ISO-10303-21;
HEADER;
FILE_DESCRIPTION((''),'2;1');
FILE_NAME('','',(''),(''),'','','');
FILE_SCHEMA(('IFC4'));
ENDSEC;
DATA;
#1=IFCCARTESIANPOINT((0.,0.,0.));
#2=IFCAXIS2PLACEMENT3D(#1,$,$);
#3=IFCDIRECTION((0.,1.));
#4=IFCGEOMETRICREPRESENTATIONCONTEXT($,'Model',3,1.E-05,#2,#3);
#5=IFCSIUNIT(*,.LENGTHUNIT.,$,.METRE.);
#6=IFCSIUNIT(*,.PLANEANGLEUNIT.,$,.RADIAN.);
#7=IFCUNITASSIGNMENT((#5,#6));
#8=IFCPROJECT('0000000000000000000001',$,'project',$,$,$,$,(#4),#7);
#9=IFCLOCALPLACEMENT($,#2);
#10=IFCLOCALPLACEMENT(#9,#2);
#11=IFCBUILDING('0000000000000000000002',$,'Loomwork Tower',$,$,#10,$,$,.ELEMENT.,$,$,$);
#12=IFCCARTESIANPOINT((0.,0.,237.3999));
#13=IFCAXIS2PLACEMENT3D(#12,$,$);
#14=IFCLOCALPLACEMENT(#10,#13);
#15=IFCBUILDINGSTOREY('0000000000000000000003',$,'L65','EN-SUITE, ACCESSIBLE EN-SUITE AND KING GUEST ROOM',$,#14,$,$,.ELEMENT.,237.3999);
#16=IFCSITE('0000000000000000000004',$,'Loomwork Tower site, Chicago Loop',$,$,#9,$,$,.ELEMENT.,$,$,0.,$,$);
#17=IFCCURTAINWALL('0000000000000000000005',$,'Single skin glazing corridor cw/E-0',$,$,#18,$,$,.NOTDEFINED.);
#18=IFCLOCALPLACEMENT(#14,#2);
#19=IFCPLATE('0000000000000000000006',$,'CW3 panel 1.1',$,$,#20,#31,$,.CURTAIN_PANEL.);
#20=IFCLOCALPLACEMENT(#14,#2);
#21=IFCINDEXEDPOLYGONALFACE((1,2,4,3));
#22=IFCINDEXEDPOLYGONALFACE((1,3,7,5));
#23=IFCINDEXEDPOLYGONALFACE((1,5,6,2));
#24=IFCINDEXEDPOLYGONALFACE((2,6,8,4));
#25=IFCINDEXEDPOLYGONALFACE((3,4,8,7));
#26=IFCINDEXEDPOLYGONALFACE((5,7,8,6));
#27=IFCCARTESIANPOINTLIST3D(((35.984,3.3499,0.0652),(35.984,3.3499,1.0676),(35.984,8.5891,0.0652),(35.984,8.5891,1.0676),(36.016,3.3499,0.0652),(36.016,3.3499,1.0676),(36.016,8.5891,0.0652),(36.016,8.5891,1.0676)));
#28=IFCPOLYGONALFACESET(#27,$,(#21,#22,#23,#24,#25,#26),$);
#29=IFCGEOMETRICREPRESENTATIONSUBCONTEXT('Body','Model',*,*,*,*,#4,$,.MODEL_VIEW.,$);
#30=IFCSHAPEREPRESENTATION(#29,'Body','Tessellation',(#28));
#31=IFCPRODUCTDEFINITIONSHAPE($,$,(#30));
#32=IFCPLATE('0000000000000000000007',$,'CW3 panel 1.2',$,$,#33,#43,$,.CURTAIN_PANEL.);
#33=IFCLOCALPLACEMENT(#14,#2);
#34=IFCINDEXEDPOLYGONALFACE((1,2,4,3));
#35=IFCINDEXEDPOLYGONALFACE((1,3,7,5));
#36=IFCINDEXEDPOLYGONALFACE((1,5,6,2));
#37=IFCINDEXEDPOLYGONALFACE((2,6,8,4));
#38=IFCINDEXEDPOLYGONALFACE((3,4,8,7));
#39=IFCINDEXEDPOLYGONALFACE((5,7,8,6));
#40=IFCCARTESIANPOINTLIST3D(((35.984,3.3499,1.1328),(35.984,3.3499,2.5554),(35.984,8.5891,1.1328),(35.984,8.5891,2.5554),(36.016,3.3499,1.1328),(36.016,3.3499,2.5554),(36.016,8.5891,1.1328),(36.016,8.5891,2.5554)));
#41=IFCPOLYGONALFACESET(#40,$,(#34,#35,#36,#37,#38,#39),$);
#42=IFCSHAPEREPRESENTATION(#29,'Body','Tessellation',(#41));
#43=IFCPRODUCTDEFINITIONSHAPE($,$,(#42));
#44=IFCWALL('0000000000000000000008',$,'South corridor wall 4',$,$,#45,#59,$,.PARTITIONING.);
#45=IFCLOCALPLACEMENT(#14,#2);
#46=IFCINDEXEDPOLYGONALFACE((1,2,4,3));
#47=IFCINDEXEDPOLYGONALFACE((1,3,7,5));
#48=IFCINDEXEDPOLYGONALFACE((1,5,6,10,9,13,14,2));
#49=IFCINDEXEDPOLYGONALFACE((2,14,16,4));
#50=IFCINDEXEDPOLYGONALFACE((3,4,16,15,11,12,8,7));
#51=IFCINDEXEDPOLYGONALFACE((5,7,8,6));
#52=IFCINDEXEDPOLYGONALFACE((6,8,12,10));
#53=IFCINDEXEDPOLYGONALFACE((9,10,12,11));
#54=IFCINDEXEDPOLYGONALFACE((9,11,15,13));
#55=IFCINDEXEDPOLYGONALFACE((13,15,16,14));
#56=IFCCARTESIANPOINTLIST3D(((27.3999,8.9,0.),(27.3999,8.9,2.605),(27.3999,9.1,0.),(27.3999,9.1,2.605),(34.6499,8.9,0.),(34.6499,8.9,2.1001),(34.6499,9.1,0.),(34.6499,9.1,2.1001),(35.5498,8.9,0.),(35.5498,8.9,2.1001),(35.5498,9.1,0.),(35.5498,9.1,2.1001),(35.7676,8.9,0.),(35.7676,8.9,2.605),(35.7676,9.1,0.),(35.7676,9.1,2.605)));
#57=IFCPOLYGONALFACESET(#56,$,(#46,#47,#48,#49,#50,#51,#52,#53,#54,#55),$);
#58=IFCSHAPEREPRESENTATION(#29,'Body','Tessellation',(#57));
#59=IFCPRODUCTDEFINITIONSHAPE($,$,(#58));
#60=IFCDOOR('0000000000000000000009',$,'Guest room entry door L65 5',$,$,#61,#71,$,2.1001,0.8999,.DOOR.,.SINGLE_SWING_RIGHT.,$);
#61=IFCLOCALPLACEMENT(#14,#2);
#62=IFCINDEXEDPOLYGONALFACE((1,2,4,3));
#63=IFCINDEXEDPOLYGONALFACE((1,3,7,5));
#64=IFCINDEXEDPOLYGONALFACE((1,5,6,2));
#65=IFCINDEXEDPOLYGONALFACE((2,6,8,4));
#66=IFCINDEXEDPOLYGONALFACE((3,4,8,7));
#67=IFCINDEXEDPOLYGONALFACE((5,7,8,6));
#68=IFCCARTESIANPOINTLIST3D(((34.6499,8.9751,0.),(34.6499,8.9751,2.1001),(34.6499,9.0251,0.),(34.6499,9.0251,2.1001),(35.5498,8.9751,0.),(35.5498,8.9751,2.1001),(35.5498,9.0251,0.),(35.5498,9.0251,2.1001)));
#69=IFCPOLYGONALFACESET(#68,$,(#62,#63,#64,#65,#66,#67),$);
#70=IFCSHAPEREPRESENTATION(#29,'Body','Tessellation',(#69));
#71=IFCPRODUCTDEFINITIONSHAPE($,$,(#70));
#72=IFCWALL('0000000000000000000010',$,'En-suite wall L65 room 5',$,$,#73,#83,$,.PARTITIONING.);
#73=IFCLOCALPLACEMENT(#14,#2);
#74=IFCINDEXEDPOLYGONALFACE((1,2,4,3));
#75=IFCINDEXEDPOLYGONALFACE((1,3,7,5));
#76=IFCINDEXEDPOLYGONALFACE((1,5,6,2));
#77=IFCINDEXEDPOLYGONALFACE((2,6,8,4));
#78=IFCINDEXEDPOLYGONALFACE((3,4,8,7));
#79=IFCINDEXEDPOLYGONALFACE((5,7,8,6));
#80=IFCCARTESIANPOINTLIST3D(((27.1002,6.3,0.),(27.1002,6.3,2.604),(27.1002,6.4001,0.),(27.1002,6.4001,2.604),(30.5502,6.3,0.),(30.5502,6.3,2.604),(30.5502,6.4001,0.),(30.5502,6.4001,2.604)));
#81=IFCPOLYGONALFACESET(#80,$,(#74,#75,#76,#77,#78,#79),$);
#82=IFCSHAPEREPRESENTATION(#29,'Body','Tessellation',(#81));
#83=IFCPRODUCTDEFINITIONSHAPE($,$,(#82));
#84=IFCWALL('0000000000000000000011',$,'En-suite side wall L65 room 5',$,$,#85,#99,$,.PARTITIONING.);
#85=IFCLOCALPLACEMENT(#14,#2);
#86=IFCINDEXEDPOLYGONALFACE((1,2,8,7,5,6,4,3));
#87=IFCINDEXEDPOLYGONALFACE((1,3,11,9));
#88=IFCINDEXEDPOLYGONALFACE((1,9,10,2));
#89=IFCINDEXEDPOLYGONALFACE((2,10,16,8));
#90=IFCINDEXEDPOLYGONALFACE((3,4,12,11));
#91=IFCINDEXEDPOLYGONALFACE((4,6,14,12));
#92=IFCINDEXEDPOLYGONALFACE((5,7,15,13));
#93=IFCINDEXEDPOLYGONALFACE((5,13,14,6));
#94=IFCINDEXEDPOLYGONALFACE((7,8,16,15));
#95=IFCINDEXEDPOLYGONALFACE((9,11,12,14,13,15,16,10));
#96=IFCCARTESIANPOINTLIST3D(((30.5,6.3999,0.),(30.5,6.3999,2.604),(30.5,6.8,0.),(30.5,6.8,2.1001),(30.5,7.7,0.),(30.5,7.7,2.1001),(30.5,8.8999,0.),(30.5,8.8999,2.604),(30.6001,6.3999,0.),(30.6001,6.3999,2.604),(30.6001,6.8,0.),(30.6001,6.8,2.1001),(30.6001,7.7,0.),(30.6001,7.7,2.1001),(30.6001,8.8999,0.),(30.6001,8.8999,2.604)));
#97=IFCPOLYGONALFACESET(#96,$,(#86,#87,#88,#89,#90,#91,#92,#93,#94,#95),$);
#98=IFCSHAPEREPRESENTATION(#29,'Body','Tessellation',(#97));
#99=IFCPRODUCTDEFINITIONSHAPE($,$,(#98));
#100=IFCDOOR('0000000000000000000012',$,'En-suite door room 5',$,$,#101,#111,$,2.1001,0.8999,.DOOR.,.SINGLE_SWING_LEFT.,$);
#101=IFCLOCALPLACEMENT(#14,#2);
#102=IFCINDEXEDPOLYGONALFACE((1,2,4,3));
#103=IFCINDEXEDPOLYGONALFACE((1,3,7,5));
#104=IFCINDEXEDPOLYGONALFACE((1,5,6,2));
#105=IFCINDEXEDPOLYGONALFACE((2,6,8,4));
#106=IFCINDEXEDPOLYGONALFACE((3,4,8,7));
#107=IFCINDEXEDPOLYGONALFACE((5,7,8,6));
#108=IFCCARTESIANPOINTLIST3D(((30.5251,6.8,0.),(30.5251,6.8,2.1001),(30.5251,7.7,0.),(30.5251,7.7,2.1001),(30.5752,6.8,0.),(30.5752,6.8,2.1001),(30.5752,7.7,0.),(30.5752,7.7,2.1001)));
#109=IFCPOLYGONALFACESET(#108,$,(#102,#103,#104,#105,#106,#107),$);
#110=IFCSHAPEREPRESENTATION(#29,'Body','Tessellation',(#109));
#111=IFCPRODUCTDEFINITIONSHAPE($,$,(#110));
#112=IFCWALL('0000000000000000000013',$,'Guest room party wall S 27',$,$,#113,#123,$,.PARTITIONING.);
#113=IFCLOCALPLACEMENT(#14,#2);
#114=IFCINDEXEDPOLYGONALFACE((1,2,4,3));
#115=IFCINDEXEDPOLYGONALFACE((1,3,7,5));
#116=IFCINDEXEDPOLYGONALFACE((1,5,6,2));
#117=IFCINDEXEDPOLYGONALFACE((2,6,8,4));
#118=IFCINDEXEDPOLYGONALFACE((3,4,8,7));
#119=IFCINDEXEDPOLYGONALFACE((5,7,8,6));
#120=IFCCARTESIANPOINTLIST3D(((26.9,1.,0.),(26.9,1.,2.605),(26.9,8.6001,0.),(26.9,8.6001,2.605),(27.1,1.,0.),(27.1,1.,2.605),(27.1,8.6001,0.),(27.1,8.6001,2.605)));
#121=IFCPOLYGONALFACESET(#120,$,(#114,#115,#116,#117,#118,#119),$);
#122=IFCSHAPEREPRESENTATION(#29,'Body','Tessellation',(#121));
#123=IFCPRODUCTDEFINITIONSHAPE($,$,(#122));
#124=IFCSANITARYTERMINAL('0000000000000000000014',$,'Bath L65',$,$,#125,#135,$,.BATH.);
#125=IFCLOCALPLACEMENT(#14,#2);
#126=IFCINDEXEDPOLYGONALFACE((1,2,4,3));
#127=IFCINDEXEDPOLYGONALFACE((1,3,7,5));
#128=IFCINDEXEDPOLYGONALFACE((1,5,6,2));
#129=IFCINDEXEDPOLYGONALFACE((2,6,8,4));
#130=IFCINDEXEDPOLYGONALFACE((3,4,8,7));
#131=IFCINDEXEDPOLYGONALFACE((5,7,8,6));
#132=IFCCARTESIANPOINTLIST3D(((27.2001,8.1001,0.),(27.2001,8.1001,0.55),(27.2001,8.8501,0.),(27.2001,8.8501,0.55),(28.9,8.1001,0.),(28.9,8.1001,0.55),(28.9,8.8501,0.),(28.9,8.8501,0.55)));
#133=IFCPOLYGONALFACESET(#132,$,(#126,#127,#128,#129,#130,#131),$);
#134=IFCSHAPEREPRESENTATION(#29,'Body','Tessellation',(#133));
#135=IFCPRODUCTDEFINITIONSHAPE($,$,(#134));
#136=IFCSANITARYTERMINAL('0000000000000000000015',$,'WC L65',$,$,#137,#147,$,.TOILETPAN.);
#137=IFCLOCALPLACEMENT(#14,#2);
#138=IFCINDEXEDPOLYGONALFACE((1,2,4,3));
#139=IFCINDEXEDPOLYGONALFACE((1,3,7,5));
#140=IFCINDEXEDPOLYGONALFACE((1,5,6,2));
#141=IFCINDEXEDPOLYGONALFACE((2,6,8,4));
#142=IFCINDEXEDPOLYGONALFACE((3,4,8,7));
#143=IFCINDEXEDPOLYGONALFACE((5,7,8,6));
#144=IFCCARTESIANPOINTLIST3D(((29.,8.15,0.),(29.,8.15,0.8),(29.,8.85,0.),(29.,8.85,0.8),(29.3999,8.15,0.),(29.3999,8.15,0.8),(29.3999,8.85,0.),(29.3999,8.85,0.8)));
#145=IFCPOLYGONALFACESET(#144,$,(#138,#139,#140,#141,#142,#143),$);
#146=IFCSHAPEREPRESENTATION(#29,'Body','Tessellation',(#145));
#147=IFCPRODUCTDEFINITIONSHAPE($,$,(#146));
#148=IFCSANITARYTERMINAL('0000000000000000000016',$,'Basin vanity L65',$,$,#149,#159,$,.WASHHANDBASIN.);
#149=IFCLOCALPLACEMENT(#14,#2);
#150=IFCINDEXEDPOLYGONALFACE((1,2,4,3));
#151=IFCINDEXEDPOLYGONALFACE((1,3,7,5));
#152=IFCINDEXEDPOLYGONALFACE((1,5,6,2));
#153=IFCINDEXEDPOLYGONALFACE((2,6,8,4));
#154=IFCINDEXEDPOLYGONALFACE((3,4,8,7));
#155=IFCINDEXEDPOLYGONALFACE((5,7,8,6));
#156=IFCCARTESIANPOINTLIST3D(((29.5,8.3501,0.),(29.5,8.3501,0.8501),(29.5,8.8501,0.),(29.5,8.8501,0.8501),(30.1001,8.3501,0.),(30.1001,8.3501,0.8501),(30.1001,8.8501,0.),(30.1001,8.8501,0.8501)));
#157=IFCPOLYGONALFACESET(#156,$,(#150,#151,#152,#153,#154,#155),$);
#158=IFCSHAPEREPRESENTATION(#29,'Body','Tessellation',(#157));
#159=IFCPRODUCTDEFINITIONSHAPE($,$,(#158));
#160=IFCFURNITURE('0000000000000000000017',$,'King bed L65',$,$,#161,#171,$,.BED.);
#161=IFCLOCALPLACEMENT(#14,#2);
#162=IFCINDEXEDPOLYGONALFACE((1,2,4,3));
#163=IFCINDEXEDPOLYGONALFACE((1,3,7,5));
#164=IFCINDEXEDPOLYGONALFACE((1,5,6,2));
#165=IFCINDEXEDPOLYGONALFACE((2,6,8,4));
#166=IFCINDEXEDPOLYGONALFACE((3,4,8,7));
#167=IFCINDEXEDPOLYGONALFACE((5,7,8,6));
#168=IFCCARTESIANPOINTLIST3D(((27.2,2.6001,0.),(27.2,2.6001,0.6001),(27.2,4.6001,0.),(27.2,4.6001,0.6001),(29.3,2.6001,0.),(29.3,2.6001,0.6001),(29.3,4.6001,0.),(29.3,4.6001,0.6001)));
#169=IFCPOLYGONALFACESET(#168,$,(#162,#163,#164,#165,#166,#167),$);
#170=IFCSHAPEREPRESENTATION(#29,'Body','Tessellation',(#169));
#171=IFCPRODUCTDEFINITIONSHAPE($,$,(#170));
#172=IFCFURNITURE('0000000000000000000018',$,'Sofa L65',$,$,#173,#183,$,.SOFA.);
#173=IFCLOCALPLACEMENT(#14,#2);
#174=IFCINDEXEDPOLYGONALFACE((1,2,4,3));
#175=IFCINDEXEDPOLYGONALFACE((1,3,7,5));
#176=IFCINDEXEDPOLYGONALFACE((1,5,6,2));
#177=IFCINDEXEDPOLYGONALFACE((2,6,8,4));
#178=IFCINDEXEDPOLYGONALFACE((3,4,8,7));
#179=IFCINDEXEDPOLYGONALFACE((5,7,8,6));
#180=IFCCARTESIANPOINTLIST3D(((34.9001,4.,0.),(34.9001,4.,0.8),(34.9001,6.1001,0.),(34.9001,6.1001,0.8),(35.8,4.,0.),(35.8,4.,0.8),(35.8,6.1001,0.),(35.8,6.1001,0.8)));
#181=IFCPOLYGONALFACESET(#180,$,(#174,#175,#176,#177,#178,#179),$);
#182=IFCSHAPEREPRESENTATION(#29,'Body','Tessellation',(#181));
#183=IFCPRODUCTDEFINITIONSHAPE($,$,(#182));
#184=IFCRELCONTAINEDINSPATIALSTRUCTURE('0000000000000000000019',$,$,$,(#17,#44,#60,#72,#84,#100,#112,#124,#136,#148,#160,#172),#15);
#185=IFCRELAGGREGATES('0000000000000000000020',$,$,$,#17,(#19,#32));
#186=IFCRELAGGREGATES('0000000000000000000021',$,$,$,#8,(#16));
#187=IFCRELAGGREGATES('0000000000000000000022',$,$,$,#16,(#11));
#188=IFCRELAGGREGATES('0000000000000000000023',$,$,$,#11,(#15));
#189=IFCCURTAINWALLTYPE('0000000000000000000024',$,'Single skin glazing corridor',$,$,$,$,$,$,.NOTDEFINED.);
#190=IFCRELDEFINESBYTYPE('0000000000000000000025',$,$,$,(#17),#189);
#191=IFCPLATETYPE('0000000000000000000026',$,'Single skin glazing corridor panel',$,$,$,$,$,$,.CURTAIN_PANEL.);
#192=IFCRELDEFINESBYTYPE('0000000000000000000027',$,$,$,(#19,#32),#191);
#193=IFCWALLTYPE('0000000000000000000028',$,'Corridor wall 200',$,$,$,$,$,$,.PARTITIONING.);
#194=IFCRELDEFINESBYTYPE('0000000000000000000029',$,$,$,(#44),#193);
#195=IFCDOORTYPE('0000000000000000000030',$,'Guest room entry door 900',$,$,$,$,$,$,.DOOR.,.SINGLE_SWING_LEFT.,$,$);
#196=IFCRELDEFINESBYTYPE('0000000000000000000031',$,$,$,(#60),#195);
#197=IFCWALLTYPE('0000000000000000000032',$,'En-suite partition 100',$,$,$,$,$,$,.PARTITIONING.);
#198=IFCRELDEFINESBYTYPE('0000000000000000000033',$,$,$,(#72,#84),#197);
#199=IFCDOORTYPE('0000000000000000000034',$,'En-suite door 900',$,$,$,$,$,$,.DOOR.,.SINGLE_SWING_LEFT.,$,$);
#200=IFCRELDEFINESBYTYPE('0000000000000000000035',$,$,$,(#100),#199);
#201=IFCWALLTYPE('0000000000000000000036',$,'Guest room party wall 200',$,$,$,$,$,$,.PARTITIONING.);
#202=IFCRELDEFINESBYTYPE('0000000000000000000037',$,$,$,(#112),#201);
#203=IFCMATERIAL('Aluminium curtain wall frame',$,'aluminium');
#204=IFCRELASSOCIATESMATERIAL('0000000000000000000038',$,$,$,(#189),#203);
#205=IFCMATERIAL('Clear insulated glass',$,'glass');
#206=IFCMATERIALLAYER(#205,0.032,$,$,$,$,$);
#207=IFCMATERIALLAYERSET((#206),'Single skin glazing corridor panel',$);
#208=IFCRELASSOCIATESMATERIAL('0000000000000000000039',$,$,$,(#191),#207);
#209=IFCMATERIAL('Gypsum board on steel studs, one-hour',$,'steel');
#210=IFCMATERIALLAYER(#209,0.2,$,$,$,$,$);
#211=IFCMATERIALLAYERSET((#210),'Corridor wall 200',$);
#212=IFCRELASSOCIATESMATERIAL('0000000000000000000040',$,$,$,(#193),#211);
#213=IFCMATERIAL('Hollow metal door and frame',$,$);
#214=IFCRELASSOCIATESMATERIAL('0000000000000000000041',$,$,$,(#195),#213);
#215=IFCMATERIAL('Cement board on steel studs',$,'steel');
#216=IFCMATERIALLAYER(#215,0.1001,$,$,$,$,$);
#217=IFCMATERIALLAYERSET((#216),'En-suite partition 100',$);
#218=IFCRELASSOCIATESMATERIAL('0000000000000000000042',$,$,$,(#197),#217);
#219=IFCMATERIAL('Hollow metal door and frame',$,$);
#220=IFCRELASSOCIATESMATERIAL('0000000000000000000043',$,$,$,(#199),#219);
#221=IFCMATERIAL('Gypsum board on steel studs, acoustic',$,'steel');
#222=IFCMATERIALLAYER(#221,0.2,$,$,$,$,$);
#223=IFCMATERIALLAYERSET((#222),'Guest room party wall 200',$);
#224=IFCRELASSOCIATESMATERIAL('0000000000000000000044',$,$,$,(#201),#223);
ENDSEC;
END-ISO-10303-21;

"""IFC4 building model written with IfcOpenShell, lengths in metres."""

from ifc_helpers import new_model, si_unit, direction, frame, frame_2d, origin, origin_2d, place, context, subcontext, project, spatial, rectangle, extrude, material, layer, layer_set, type_object, element, fill, aggregate, save


model = new_model("IFC4")

# Units and contexts
model_context = context("Model", 3, precision=1e-05, world=origin(), true_north=direction((0.0, 1.0)))
body_context = subcontext(model_context, "Body", "Model", "MODEL_VIEW")
ifc_project = project(units=[si_unit("LENGTHUNIT", "METRE"), si_unit("PLANEANGLEUNIT", "RADIAN")], contexts=[model_context])

# Site, building, storey
site_placement = place(None, origin())
site = spatial("IfcSite", under=ifc_project, at=site_placement, Name="Loomwork Tower site, Chicago Loop", CompositionType="ELEMENT", RefElevation=0.0)
building_placement = place(site_placement, origin())
building = spatial("IfcBuilding", under=site, at=building_placement, Name="Loomwork Tower", CompositionType="ELEMENT")
storey_placement = place(building_placement, frame((0.0, 0.0, 237.3999)))
storey = spatial("IfcBuildingStorey", under=building, at=storey_placement, Name="L65", Description="EN-SUITE, ACCESSIBLE EN-SUITE AND KING GUEST ROOM", CompositionType="ELEMENT", Elevation=237.3999)

# Curtain wall, plates
ifc_material_1 = material(Name="Aluminium curtain wall frame", Category="aluminium")
curtain_wall_type = type_object("IfcCurtainWallType", Name="Single skin glazing corridor", PredefinedType="NOTDEFINED", material=ifc_material_1)
curtain_wall_placement = place(storey_placement, origin())
curtain_wall = element("IfcCurtainWall", 1, at=curtain_wall_placement, inside=storey, type_object=curtain_wall_type, Name="Single skin glazing corridor cw/E-0", PredefinedType="NOTDEFINED")
ifc_material_2 = material(Name="Clear insulated glass", Category="glass")
ifc_layer_1 = layer(ifc_material_2, 0.032)
ifc_layer_set_1 = layer_set([ifc_layer_1], Name="Single skin glazing corridor panel")
plate_type = type_object("IfcPlateType", Name="Single skin glazing corridor panel", PredefinedType="CURTAIN_PANEL", material=ifc_layer_set_1)
plate_1_placement = place(storey_placement, frame((36.0, 5.9695, 0.0652), z_axis=(0.0, 0.0, 1.0), x_axis=(0.0, 1.0, 0.0)))
plate_1 = element("IfcPlate", 2, at=plate_1_placement, type_object=plate_type, Name="CW3 panel 1.1", PredefinedType="CURTAIN_PANEL", context=body_context, shape_type="SweptSolid", body=[
    extrude(rectangle(XDim=5.2393, YDim=0.032, at=origin_2d()), origin(), (0.0, 0.0, 1.0), 1.0024),
])
plate_2_placement = place(storey_placement, frame((36.0, 5.9695, 1.1328), z_axis=(0.0, 0.0, 1.0), x_axis=(0.0, 1.0, 0.0)))
plate_2 = element("IfcPlate", 3, at=plate_2_placement, type_object=plate_type, Name="CW3 panel 1.2", PredefinedType="CURTAIN_PANEL", context=body_context, shape_type="SweptSolid", body=[
    extrude(rectangle(XDim=5.2393, YDim=0.032, at=origin_2d()), origin(), (0.0, 0.0, 1.0), 1.4226),
])
aggregate(curtain_wall, [plate_1, plate_2])

# Wall, opening, door
ifc_material_3 = material(Name="Gypsum board on steel studs, one-hour", Category="steel")
ifc_layer_2 = layer(ifc_material_3, 0.2)
ifc_layer_set_2 = layer_set([ifc_layer_2], Name="Corridor wall 200")
wall_type_1 = type_object("IfcWallType", Name="Corridor wall 200", PredefinedType="PARTITIONING", material=ifc_layer_set_2)
wall_1_placement = place(storey_placement, frame((27.3999, 9.0, 0.0), z_axis=(0.0, 0.0, 1.0), x_axis=(1.0, 0.0, 0.0)))
wall_1 = element("IfcWall", 4, at=wall_1_placement, inside=storey, type_object=wall_type_1, Name="South corridor wall 4", PredefinedType="PARTITIONING", context=body_context, shape_type="SweptSolid", body=[
    extrude(rectangle(XDim=8.3677, YDim=0.2, at=frame_2d((4.1838, 0.0))), origin(), (0.0, 0.0, 1.0), 2.605),
])
opening_1_placement = place(wall_1_placement, frame((7.25, 0.0, 0.0)))
opening_1 = element("IfcOpeningElement", 5, at=opening_1_placement, cuts=wall_1, PredefinedType="OPENING", context=body_context, shape_type="SweptSolid", body=[
    extrude(rectangle(XDim=0.8999, YDim=2.1001, at=frame_2d((0.45, 1.05))), frame((0.0, 0.1099, 0.0), z_axis=(0.0, -1.0, 0.0), x_axis=(1.0, 0.0, 0.0)), (0.0, 0.0, 1.0), 0.22),
])
ifc_material_4 = material(Name="Hollow metal door and frame")
door_type_1 = type_object("IfcDoorType", Name="Guest room entry door 900", OperationType="SINGLE_SWING_LEFT", PredefinedType="DOOR", material=ifc_material_4)
door_1_placement = place(opening_1_placement, frame((0.8999, 0.0, 0.0), z_axis=(0.0, 0.0, 1.0), x_axis=(-1.0, 0.0, 0.0)))
door_1 = element("IfcDoor", 6, at=door_1_placement, inside=storey, type_object=door_type_1, Name="Guest room entry door L65 5", OperationType="SINGLE_SWING_RIGHT", OverallHeight=2.1001, OverallWidth=0.8999, PredefinedType="DOOR", context=body_context, shape_type="SweptSolid", body=[
    extrude(rectangle(XDim=0.8999, YDim=2.1001, at=frame_2d((0.45, 1.05))), frame((0.0, 0.0249, 0.0), z_axis=(0.0, -1.0, 0.0), x_axis=(1.0, 0.0, 0.0)), (0.0, 0.0, 1.0), 0.05),
])
fill(opening_1, door_1)

# Wall
ifc_material_5 = material(Name="Cement board on steel studs", Category="steel")
ifc_layer_3 = layer(ifc_material_5, 0.1001)
ifc_layer_set_3 = layer_set([ifc_layer_3], Name="En-suite partition 100")
wall_type_2 = type_object("IfcWallType", Name="En-suite partition 100", PredefinedType="PARTITIONING", material=ifc_layer_set_3)
wall_2_placement = place(storey_placement, frame((27.1001, 6.3501, 0.0), z_axis=(0.0, 0.0, 1.0), x_axis=(1.0, 0.0, 0.0)))
element("IfcWall", 7, at=wall_2_placement, inside=storey, type_object=wall_type_2, Name="En-suite wall L65 room 5", PredefinedType="PARTITIONING", context=body_context, shape_type="SweptSolid", body=[
    extrude(rectangle(XDim=3.45, YDim=0.1001, at=frame_2d((1.7251, 0.0))), origin(), (0.0, 0.0, 1.0), 2.604),
])

# Wall, opening, door
wall_3_placement = place(storey_placement, frame((30.55, 8.8999, 0.0), z_axis=(0.0, 0.0, 1.0), x_axis=(0.0, -1.0, 0.0)))
wall_3 = element("IfcWall", 8, at=wall_3_placement, inside=storey, type_object=wall_type_2, Name="En-suite side wall L65 room 5", PredefinedType="PARTITIONING", context=body_context, shape_type="SweptSolid", body=[
    extrude(rectangle(XDim=2.5, YDim=0.1001, at=frame_2d((1.25, 0.0))), origin(), (0.0, 0.0, 1.0), 2.604),
])
opening_2_placement = place(wall_3_placement, frame((1.2, 0.0, 0.0)))
opening_2 = element("IfcOpeningElement", 9, at=opening_2_placement, cuts=wall_3, PredefinedType="OPENING", context=body_context, shape_type="SweptSolid", body=[
    extrude(rectangle(XDim=0.8999, YDim=2.1001, at=frame_2d((0.45, 1.05))), frame((0.0, 0.0601, 0.0), z_axis=(0.0, -1.0, 0.0), x_axis=(1.0, 0.0, 0.0)), (0.0, 0.0, 1.0), 0.1201),
])
ifc_material_6 = material(Name="Hollow metal door and frame")
door_type_2 = type_object("IfcDoorType", Name="En-suite door 900", OperationType="SINGLE_SWING_LEFT", PredefinedType="DOOR", material=ifc_material_6)
door_2_placement = place(opening_2_placement, frame((0.8999, 0.0, 0.0), z_axis=(0.0, 0.0, 1.0), x_axis=(-1.0, 0.0, 0.0)))
door_2 = element("IfcDoor", 10, at=door_2_placement, inside=storey, type_object=door_type_2, Name="En-suite door room 5", OperationType="SINGLE_SWING_LEFT", OverallHeight=2.1001, OverallWidth=0.8999, PredefinedType="DOOR", context=body_context, shape_type="SweptSolid", body=[
    extrude(rectangle(XDim=0.8999, YDim=2.1001, at=frame_2d((0.45, 1.05))), frame((0.0, 0.0249, 0.0), z_axis=(0.0, -1.0, 0.0), x_axis=(1.0, 0.0, 0.0)), (0.0, 0.0, 1.0), 0.05),
])
fill(opening_2, door_2)

# Wall
ifc_material_7 = material(Name="Gypsum board on steel studs, acoustic", Category="steel")
ifc_layer_4 = layer(ifc_material_7, 0.2)
ifc_layer_set_4 = layer_set([ifc_layer_4], Name="Guest room party wall 200")
wall_type_3 = type_object("IfcWallType", Name="Guest room party wall 200", PredefinedType="PARTITIONING", material=ifc_layer_set_4)
wall_4_placement = place(storey_placement, frame((27.0, 8.6001, 0.0), z_axis=(0.0, 0.0, 1.0), x_axis=(0.0, -1.0, 0.0)))
element("IfcWall", 11, at=wall_4_placement, inside=storey, type_object=wall_type_3, Name="Guest room party wall S 27", PredefinedType="PARTITIONING", context=body_context, shape_type="SweptSolid", body=[
    extrude(rectangle(XDim=7.6001, YDim=0.2, at=frame_2d((3.8, 0.0))), origin(), (0.0, 0.0, 1.0), 2.605),
])

# Sanitary terminals
sanitary_terminal_1_placement = place(storey_placement, frame((28.05, 8.4751, 0.0), z_axis=(0.0, 0.0, 1.0), x_axis=(1.0, 0.0, 0.0)))
element("IfcSanitaryTerminal", 12, at=sanitary_terminal_1_placement, inside=storey, Name="Bath L65", PredefinedType="BATH", context=body_context, shape_type="SweptSolid", body=[
    extrude(rectangle(XDim=1.7, YDim=0.75, at=origin_2d()), origin(), (0.0, 0.0, 1.0), 0.55),
])
sanitary_terminal_2_placement = place(storey_placement, frame((29.2, 8.5, 0.0), z_axis=(0.0, 0.0, 1.0), x_axis=(1.0, 0.0, 0.0)))
element("IfcSanitaryTerminal", 13, at=sanitary_terminal_2_placement, inside=storey, Name="WC L65", PredefinedType="TOILETPAN", context=body_context, shape_type="SweptSolid", body=[
    extrude(rectangle(XDim=0.3999, YDim=0.7, at=origin_2d()), origin(), (0.0, 0.0, 1.0), 0.8),
])
sanitary_terminal_3_placement = place(storey_placement, frame((29.8, 8.6001, 0.0), z_axis=(0.0, 0.0, 1.0), x_axis=(1.0, 0.0, 0.0)))
element("IfcSanitaryTerminal", 14, at=sanitary_terminal_3_placement, inside=storey, Name="Basin vanity L65", PredefinedType="WASHHANDBASIN", context=body_context, shape_type="SweptSolid", body=[
    extrude(rectangle(XDim=0.6001, YDim=0.5, at=origin_2d()), origin(), (0.0, 0.0, 1.0), 0.8501),
])

# Furniture
furniture_1_placement = place(storey_placement, frame((28.25, 3.6001, 0.0), z_axis=(0.0, 0.0, 1.0), x_axis=(1.0, 0.0, 0.0)))
element("IfcFurniture", 15, at=furniture_1_placement, inside=storey, Name="King bed L65", PredefinedType="BED", context=body_context, shape_type="SweptSolid", body=[
    extrude(rectangle(XDim=2.1001, YDim=2.0, at=origin_2d()), origin(), (0.0, 0.0, 1.0), 0.6001),
])
furniture_2_placement = place(storey_placement, frame((35.3501, 5.05, 0.0), z_axis=(0.0, 0.0, 1.0), x_axis=(1.0, 0.0, 0.0)))
element("IfcFurniture", 16, at=furniture_2_placement, inside=storey, Name="Sofa L65", PredefinedType="SOFA", context=body_context, shape_type="SweptSolid", body=[
    extrude(rectangle(XDim=0.8999, YDim=2.1001, at=origin_2d()), origin(), (0.0, 0.0, 1.0), 0.8),
])

save(model, "model.ifc")
